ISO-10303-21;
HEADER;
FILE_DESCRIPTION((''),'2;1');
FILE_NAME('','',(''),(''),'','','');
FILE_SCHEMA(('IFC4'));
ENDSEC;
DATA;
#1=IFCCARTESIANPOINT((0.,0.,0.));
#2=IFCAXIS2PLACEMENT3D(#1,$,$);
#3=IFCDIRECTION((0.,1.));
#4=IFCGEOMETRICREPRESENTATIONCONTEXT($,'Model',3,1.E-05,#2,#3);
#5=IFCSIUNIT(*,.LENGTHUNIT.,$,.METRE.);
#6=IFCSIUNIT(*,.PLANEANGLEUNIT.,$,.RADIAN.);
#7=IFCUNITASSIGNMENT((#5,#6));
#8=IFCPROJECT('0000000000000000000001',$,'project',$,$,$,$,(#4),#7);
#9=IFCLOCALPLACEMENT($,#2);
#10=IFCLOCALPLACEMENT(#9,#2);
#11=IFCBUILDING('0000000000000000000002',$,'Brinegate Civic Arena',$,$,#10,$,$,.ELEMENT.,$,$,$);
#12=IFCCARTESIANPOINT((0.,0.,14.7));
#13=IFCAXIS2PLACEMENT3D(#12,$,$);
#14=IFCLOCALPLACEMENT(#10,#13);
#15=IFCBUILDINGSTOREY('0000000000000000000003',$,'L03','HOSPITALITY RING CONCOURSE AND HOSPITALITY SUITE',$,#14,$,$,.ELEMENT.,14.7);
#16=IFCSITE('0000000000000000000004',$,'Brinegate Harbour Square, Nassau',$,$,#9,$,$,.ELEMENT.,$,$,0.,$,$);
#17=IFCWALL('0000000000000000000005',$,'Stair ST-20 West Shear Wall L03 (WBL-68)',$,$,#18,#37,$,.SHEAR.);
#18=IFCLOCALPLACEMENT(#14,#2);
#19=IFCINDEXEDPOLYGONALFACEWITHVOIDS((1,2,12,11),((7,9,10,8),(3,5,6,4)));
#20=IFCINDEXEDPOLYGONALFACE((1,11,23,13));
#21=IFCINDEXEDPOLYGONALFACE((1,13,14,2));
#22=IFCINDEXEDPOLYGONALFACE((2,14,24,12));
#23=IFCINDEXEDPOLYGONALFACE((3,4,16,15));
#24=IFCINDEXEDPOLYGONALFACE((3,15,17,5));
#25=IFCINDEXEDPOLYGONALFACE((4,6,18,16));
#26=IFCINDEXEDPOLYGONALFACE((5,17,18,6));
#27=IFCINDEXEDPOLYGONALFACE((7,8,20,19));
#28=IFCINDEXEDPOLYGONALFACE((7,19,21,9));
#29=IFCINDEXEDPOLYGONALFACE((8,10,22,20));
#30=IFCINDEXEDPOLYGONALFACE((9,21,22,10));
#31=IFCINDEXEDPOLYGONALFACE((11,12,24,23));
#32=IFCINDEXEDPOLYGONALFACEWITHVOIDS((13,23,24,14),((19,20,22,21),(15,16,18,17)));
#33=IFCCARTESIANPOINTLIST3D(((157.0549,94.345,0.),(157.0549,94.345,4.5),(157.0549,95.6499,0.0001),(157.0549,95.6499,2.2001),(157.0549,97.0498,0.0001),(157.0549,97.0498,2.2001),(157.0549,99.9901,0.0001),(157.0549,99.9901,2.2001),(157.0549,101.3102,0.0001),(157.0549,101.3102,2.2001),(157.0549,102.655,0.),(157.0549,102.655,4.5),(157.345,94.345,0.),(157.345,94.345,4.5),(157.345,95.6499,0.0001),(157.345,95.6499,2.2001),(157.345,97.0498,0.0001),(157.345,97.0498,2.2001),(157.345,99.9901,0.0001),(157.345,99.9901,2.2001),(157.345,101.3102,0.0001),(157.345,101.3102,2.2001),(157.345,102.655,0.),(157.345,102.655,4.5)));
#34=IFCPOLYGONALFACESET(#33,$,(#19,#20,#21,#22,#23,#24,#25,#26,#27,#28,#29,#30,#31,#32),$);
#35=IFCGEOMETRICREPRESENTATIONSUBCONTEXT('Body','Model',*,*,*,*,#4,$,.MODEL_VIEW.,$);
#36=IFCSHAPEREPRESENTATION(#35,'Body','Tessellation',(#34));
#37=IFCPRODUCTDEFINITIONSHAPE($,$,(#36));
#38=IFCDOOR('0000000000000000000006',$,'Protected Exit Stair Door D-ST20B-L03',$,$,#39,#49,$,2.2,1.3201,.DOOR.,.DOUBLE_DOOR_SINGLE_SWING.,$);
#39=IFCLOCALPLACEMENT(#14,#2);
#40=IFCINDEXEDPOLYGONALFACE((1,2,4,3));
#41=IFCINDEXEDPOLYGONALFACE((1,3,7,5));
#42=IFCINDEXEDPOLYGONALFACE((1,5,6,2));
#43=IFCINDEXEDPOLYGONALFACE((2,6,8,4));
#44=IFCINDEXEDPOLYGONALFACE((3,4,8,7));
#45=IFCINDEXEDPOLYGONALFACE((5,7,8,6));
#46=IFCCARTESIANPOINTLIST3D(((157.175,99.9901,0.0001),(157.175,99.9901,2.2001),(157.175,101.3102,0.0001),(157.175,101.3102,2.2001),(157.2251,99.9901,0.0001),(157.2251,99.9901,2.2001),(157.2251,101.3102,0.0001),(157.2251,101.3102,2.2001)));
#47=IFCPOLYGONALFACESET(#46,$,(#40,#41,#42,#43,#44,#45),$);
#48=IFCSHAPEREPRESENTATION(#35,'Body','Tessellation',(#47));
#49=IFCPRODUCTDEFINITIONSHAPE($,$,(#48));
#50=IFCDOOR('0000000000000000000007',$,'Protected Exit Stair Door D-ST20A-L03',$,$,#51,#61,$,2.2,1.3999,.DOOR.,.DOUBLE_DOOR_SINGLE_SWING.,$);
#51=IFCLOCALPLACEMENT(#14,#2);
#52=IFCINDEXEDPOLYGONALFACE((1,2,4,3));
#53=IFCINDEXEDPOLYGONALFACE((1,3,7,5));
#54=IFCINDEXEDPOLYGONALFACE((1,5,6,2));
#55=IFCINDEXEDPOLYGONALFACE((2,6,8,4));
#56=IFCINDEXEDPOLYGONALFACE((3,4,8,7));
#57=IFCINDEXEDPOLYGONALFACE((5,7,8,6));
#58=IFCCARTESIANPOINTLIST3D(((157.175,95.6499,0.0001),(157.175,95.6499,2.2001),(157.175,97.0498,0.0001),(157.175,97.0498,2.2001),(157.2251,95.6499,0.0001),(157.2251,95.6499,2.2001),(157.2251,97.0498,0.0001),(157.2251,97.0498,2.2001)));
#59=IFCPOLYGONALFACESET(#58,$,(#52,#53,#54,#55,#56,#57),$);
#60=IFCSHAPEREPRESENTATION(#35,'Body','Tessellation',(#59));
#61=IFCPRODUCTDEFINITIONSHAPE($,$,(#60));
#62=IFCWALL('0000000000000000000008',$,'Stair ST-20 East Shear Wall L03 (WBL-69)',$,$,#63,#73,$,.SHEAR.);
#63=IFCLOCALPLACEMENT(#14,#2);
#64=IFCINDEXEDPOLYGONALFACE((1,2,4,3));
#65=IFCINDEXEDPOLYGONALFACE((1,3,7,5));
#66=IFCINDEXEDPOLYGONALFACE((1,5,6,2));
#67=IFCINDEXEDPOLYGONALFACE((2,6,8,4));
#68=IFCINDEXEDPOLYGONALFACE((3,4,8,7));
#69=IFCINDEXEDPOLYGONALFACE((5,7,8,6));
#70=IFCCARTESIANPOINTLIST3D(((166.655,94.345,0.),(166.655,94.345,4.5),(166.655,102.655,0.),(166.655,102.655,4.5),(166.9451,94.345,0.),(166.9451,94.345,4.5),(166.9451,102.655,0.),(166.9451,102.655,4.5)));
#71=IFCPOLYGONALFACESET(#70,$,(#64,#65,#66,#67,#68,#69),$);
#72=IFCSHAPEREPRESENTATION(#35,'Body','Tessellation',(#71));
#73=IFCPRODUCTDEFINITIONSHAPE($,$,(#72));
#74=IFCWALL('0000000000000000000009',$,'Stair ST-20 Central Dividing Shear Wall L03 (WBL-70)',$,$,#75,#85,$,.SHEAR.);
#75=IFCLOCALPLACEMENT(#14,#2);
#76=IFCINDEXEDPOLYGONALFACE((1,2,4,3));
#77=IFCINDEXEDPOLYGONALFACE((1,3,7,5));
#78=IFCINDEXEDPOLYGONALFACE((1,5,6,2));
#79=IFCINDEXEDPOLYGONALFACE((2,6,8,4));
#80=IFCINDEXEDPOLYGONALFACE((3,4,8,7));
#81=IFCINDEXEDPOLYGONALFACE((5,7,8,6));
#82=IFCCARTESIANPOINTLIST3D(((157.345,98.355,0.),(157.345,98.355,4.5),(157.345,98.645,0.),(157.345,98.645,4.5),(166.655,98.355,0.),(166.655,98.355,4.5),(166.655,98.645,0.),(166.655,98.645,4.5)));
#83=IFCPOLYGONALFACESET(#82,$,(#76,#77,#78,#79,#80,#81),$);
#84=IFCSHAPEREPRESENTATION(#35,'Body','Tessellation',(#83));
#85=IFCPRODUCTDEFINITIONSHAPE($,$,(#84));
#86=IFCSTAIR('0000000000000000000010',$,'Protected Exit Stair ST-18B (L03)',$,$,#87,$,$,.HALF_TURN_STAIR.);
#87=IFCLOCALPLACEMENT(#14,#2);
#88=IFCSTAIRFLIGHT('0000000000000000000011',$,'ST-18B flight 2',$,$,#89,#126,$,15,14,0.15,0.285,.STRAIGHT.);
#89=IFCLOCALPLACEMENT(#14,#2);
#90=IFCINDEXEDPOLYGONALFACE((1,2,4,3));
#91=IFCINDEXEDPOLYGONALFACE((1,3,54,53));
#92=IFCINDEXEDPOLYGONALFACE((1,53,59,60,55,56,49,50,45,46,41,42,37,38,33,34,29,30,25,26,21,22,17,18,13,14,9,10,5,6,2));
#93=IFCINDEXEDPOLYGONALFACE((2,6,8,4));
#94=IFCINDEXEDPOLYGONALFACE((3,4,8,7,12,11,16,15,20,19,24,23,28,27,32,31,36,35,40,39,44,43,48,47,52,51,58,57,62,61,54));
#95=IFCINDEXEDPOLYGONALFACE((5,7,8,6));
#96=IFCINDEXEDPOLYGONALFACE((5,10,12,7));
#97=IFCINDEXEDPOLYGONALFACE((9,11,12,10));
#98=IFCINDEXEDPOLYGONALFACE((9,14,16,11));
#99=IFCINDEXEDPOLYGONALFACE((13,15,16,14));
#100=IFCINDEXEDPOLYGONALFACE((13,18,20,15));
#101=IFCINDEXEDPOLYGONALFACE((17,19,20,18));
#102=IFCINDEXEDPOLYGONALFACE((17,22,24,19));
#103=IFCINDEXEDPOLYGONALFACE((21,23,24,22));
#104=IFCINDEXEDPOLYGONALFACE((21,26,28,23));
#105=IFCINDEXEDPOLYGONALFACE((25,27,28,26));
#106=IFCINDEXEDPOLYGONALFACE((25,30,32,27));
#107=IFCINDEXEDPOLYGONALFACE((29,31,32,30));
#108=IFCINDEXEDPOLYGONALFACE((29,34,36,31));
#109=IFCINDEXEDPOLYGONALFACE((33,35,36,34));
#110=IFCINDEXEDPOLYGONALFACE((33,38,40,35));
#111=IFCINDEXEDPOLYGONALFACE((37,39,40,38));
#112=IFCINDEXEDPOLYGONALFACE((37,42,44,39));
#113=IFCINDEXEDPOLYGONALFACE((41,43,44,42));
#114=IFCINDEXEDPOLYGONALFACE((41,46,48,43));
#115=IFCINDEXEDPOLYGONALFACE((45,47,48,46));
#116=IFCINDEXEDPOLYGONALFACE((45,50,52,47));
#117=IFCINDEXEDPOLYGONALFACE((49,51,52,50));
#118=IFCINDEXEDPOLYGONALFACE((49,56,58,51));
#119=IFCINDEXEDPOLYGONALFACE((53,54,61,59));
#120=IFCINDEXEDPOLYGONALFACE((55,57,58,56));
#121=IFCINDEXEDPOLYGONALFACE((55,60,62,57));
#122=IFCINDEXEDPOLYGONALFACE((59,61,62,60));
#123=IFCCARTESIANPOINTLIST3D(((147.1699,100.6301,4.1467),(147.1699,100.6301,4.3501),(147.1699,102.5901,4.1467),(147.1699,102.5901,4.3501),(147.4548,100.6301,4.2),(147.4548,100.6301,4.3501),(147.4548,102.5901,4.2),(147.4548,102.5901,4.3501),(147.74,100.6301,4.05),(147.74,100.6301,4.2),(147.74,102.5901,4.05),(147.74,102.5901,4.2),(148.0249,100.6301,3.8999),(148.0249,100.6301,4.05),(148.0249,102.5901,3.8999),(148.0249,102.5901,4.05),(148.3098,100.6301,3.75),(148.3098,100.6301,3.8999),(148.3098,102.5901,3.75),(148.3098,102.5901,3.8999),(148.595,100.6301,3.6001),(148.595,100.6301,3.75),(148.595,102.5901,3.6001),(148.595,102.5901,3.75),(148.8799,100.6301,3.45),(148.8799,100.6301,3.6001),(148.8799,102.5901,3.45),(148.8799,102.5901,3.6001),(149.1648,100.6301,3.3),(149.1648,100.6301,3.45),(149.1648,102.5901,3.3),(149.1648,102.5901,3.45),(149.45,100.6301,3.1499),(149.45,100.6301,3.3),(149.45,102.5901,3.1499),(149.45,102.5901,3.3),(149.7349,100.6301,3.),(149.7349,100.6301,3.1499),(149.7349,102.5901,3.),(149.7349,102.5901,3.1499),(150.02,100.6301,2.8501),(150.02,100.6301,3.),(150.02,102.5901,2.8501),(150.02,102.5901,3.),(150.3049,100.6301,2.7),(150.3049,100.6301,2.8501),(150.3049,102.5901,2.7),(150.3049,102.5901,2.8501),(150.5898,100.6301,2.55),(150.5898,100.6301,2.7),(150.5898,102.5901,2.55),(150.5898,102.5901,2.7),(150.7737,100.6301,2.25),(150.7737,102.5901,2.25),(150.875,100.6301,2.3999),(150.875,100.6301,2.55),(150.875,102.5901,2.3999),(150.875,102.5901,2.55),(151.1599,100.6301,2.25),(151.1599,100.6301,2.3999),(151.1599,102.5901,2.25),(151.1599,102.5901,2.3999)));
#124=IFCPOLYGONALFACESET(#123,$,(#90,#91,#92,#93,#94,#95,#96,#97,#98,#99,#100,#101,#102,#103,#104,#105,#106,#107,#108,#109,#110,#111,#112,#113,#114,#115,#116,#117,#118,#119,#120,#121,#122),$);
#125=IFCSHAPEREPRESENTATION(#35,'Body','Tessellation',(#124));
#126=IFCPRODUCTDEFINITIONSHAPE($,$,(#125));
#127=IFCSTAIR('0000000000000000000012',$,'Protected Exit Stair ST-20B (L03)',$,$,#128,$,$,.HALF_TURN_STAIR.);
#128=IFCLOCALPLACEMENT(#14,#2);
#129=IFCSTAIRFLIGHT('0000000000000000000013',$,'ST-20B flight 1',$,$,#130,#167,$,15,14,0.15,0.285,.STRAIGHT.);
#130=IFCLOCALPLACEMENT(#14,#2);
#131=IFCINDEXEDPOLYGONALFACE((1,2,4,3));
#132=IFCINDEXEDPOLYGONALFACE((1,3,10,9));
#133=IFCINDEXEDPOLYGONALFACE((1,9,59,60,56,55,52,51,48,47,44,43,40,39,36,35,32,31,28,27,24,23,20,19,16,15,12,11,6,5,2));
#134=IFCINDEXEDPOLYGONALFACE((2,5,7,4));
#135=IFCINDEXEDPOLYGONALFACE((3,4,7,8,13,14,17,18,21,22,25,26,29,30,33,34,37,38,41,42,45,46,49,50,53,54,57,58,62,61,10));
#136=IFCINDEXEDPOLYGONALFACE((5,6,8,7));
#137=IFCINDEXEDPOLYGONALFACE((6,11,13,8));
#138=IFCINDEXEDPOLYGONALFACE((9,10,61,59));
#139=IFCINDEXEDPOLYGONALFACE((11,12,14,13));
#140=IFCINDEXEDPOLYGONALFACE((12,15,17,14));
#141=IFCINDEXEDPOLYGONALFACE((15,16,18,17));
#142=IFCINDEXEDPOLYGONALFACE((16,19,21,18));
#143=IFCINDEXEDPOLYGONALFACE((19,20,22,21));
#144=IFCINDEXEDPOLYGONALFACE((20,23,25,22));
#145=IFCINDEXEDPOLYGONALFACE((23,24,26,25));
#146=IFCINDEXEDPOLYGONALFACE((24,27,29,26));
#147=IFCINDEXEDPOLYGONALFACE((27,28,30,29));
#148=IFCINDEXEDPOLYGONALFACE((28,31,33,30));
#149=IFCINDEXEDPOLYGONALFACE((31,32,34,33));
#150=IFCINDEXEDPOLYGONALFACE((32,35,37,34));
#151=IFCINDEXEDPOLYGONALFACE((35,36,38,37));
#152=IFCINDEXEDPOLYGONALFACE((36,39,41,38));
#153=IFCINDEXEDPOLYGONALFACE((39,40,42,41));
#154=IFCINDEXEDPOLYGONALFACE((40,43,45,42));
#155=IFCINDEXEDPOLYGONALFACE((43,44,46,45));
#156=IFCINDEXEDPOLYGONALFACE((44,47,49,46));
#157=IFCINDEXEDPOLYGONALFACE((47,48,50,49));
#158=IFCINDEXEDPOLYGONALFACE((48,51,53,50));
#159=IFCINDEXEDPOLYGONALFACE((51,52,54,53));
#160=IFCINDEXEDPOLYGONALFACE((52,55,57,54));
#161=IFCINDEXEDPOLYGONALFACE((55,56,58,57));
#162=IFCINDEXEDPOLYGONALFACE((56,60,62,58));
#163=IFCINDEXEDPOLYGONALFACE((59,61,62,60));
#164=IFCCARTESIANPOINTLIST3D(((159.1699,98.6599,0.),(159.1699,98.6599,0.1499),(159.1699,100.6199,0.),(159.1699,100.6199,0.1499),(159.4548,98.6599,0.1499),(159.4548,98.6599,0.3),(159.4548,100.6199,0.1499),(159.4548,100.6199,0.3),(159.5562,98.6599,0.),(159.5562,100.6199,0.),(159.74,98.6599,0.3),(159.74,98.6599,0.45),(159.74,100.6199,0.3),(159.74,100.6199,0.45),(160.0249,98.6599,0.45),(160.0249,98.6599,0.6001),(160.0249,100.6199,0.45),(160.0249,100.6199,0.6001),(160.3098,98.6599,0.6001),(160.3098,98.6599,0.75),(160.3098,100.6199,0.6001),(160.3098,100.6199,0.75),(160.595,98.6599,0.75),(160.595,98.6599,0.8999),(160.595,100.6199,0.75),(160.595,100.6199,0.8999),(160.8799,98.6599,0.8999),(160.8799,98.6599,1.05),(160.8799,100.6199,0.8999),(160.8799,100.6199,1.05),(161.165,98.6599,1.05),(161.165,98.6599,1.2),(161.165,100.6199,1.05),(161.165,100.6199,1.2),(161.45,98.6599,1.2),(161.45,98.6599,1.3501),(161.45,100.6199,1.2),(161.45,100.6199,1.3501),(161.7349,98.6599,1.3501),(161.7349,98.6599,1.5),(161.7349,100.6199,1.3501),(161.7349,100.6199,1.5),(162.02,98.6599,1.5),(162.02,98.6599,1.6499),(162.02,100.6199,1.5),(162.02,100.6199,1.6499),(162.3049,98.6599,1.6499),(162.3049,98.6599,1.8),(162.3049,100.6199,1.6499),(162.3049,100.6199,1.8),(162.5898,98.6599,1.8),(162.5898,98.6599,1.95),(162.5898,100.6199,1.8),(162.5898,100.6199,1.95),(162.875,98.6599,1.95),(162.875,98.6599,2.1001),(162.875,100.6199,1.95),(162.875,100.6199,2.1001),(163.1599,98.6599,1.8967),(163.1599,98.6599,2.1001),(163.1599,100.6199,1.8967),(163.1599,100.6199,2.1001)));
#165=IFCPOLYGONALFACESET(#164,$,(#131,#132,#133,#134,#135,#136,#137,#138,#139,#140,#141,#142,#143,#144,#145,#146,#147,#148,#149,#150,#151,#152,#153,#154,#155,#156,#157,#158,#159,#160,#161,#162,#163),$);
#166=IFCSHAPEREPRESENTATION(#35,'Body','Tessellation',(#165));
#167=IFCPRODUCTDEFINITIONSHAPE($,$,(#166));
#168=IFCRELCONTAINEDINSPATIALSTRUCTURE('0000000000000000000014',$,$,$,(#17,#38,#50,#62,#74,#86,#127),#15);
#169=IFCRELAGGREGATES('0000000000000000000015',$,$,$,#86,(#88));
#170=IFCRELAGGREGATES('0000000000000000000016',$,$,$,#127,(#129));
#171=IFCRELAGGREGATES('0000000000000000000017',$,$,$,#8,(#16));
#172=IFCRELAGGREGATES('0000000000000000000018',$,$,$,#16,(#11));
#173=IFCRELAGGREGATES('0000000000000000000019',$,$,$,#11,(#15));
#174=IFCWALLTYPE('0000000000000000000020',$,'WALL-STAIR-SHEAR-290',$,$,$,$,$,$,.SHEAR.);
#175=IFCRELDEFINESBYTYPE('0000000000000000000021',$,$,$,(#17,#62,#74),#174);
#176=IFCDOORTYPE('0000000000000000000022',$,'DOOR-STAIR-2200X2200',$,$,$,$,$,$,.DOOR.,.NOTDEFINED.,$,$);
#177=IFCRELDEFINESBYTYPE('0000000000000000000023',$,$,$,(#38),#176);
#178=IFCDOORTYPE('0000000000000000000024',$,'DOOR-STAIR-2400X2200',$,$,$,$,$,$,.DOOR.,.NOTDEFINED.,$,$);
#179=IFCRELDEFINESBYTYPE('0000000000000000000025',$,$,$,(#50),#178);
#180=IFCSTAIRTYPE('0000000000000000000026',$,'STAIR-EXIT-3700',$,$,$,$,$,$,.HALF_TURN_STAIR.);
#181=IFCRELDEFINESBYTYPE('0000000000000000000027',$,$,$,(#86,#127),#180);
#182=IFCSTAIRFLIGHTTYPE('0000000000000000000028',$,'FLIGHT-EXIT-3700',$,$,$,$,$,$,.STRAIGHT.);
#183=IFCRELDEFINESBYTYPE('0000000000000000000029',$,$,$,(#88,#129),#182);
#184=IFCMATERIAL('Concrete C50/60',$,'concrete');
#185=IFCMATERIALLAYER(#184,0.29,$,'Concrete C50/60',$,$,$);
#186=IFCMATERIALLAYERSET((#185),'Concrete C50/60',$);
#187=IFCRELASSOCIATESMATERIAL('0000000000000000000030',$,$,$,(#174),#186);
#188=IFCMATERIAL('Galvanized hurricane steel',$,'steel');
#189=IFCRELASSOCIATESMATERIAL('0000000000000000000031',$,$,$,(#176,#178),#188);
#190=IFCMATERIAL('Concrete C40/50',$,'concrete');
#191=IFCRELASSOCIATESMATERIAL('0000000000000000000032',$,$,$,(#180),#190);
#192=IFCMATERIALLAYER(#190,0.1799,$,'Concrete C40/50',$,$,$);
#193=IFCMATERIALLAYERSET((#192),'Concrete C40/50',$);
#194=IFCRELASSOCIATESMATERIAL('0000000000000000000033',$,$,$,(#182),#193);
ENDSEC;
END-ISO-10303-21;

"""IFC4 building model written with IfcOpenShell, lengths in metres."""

from ifc_helpers import new_model, si_unit, direction, frame, frame_2d, origin, place, context, subcontext, project, spatial, polyline, rectangle, outline, extrude, material, layer, layer_set, type_object, element, fill, aggregate, save


model = new_model("IFC4")

# Units and contexts
model_context = context("Model", 3, precision=1e-05, world=origin(), true_north=direction((0.0, 1.0)))
body_context = subcontext(model_context, "Body", "Model", "MODEL_VIEW")
ifc_project = project(units=[si_unit("LENGTHUNIT", "METRE"), si_unit("PLANEANGLEUNIT", "RADIAN")], contexts=[model_context])

# Site, building, storey
site_placement = place(None, origin())
site = spatial("IfcSite", under=ifc_project, at=site_placement, Name="Brinegate Harbour Square, Nassau", CompositionType="ELEMENT", RefElevation=0.0)
building_placement = place(site_placement, origin())
building = spatial("IfcBuilding", under=site, at=building_placement, Name="Brinegate Civic Arena", CompositionType="ELEMENT")
storey_placement = place(building_placement, frame((0.0, 0.0, 14.7)))
storey = spatial("IfcBuildingStorey", under=building, at=storey_placement, Name="L03", Description="HOSPITALITY RING CONCOURSE AND HOSPITALITY SUITE", CompositionType="ELEMENT", Elevation=14.7)

# Shared definitions
ifc_material_1 = material(Name="Concrete C50/60", Category="concrete")

# Shared definitions
ifc_layer_1 = layer(ifc_material_1, 0.29, Name="Concrete C50/60")
ifc_layer_set_1 = layer_set([ifc_layer_1], Name="Concrete C50/60")
wall_type_1 = type_object("IfcWallType", Name="WALL-STAIR-SHEAR-290", PredefinedType="SHEAR", material=ifc_layer_set_1)

# Wall, openings, doors
wall_1_placement = place(storey_placement, frame((157.2, 94.345, 0.0), z_axis=(0.0, 0.0, 1.0), x_axis=(0.0, 1.0, 0.0)))
wall_1 = element("IfcWall", 1, at=wall_1_placement, inside=storey, type_object=wall_type_1, Name="Stair ST-20 West Shear Wall L03 (WBL-68)", PredefinedType="SHEAR", context=body_context, shape_type="SweptSolid", body=[
    extrude(rectangle(XDim=8.3101, YDim=0.29, at=frame_2d((4.155, 0.0))), origin(), (0.0, 0.0, 1.0), 4.5),
])
opening_1_placement = place(wall_1_placement, frame((1.3049, 0.0, 0.0)))
opening_1 = element("IfcOpeningElement", 2, at=opening_1_placement, cuts=wall_1, PredefinedType="OPENING", context=body_context, shape_type="SweptSolid", body=[
    extrude(rectangle(XDim=1.3999, YDim=2.2, at=frame_2d((0.7, 1.1001))), frame((0.0, 0.155, 0.0), z_axis=(0.0, -1.0, 0.0), x_axis=(1.0, 0.0, 0.0)), (0.0, 0.0, 1.0), 0.3101),
])
opening_2_placement = place(wall_1_placement, frame((5.645, 0.0, 0.0)))
opening_2 = element("IfcOpeningElement", 3, at=opening_2_placement, cuts=wall_1, PredefinedType="OPENING", context=body_context, shape_type="SweptSolid", body=[
    extrude(rectangle(XDim=1.3201, YDim=2.2, at=frame_2d((0.6602, 1.1001))), frame((0.0, 0.155, 0.0), z_axis=(0.0, -1.0, 0.0), x_axis=(1.0, 0.0, 0.0)), (0.0, 0.0, 1.0), 0.3101),
])
ifc_material_2 = material(Name="Galvanized hurricane steel", Category="steel")
door_type_1 = type_object("IfcDoorType", Name="DOOR-STAIR-2200X2200", OperationType="NOTDEFINED", PredefinedType="DOOR", material=ifc_material_2)
door_1_placement = place(opening_2_placement, origin())
door_1 = element("IfcDoor", 4, at=door_1_placement, inside=storey, type_object=door_type_1, Name="Protected Exit Stair Door D-ST20B-L03", OperationType="DOUBLE_DOOR_SINGLE_SWING", OverallHeight=2.2, OverallWidth=1.3201, PredefinedType="DOOR", context=body_context, shape_type="SweptSolid", body=[
    extrude(rectangle(XDim=1.3201, YDim=2.2, at=frame_2d((0.6602, 1.1001))), frame((0.0, 0.0249, 0.0), z_axis=(0.0, -1.0, 0.0), x_axis=(1.0, 0.0, 0.0)), (0.0, 0.0, 1.0), 0.05),
])
fill(opening_2, door_1)
door_type_2 = type_object("IfcDoorType", Name="DOOR-STAIR-2400X2200", OperationType="NOTDEFINED", PredefinedType="DOOR", material=ifc_material_2)
door_2_placement = place(opening_1_placement, origin())
door_2 = element("IfcDoor", 5, at=door_2_placement, inside=storey, type_object=door_type_2, Name="Protected Exit Stair Door D-ST20A-L03", OperationType="DOUBLE_DOOR_SINGLE_SWING", OverallHeight=2.2, OverallWidth=1.3999, PredefinedType="DOOR", context=body_context, shape_type="SweptSolid", body=[
    extrude(rectangle(XDim=1.3999, YDim=2.2, at=frame_2d((0.7, 1.1001))), frame((0.0, 0.0249, 0.0), z_axis=(0.0, -1.0, 0.0), x_axis=(1.0, 0.0, 0.0)), (0.0, 0.0, 1.0), 0.05),
])
fill(opening_1, door_2)

# Walls
wall_2_placement = place(storey_placement, frame((166.8, 94.345, 0.0), z_axis=(0.0, 0.0, 1.0), x_axis=(0.0, 1.0, 0.0)))
element("IfcWall", 6, at=wall_2_placement, inside=storey, type_object=wall_type_1, Name="Stair ST-20 East Shear Wall L03 (WBL-69)", PredefinedType="SHEAR", context=body_context, shape_type="SweptSolid", body=[
    extrude(rectangle(XDim=8.3101, YDim=0.29, at=frame_2d((4.155, 0.0))), origin(), (0.0, 0.0, 1.0), 4.5),
])
wall_3_placement = place(storey_placement, frame((157.345, 98.5, 0.0), z_axis=(0.0, 0.0, 1.0), x_axis=(1.0, 0.0, 0.0)))
element("IfcWall", 7, at=wall_3_placement, inside=storey, type_object=wall_type_1, Name="Stair ST-20 Central Dividing Shear Wall L03 (WBL-70)", PredefinedType="SHEAR", context=body_context, shape_type="SweptSolid", body=[
    extrude(rectangle(XDim=9.3101, YDim=0.29, at=frame_2d((4.655, 0.0))), origin(), (0.0, 0.0, 1.0), 4.5),
])

# Stair, stair flight
ifc_material_3 = material(Name="Concrete C40/50", Category="concrete")
stair_type_1 = type_object("IfcStairType", Name="STAIR-EXIT-3700", PredefinedType="HALF_TURN_STAIR", material=ifc_material_3)
stair_1_placement = place(storey_placement, origin())
stair_1 = element("IfcStair", 8, at=stair_1_placement, inside=storey, type_object=stair_type_1, Name="Protected Exit Stair ST-18B (L03)", PredefinedType="HALF_TURN_STAIR")
ifc_layer_2 = layer(ifc_material_3, 0.1799, Name="Concrete C40/50")
ifc_layer_set_2 = layer_set([ifc_layer_2], Name="Concrete C40/50")
stair_flight_type_1 = type_object("IfcStairFlightType", Name="FLIGHT-EXIT-3700", PredefinedType="STRAIGHT", material=ifc_layer_set_2)
stair_flight_1_placement = place(storey_placement, frame((151.1599, 101.6101, 2.25), z_axis=(0.0, 0.0, 1.0), x_axis=(-1.0, 0.0, 0.0)))
stair_flight_1 = element("IfcStairFlight", 9, at=stair_flight_1_placement, type_object=stair_flight_type_1, Name="ST-18B flight 2", NumberOfRisers=15, NumberOfTreads=14, PredefinedType="STRAIGHT", RiserHeight=0.15, TreadLength=0.285, context=body_context, shape_type="SweptSolid", body=[
    extrude(outline(polyline([(0.0, 0.0), (0.0, 0.1499), (0.2849, 0.1499), (0.2849, 0.3), (0.5701, 0.3), (0.5701, 0.45), (0.855, 0.45), (0.855, 0.6001), (1.1399, 0.6001), (1.1399, 0.75), (1.425, 0.75), (1.425, 0.8999), (1.71, 0.8999), (1.71, 1.05), (1.9951, 1.05), (1.9951, 1.2), (2.28, 1.2), (2.28, 1.3501), (2.5649, 1.3501), (2.5649, 1.5), (2.8501, 1.5), (2.8501, 1.6499), (3.135, 1.6499), (3.135, 1.8), (3.4199, 1.8), (3.4199, 1.95), (3.7051, 1.95), (3.7051, 2.1001), (3.99, 2.1001), (3.99, 2.25), (3.99, 1.8967), (0.3862, 0.0), (0.0, 0.0)])), frame((0.0, 0.98, 0.0), z_axis=(0.0, -1.0, 0.0), x_axis=(1.0, 0.0, 0.0)), (0.0, 0.0, 1.0), 1.96),
])
aggregate(stair_1, [stair_flight_1])

# Stair, stair flight
stair_2_placement = place(storey_placement, origin())
stair_2 = element("IfcStair", 10, at=stair_2_placement, inside=storey, type_object=stair_type_1, Name="Protected Exit Stair ST-20B (L03)", PredefinedType="HALF_TURN_STAIR")
stair_flight_2_placement = place(storey_placement, frame((159.1699, 99.6399, 0.0), z_axis=(0.0, 0.0, 1.0), x_axis=(1.0, 0.0, 0.0)))
stair_flight_2 = element("IfcStairFlight", 11, at=stair_flight_2_placement, type_object=stair_flight_type_1, Name="ST-20B flight 1", NumberOfRisers=15, NumberOfTreads=14, PredefinedType="STRAIGHT", RiserHeight=0.15, TreadLength=0.285, context=body_context, shape_type="SweptSolid", body=[
    extrude(outline(polyline([(0.0, 0.0), (0.0, 0.1499), (0.2849, 0.1499), (0.2849, 0.3), (0.5701, 0.3), (0.5701, 0.45), (0.855, 0.45), (0.855, 0.6001), (1.1399, 0.6001), (1.1399, 0.75), (1.425, 0.75), (1.425, 0.8999), (1.71, 0.8999), (1.71, 1.05), (1.9951, 1.05), (1.9951, 1.2), (2.28, 1.2), (2.28, 1.3501), (2.5649, 1.3501), (2.5649, 1.5), (2.8501, 1.5), (2.8501, 1.6499), (3.135, 1.6499), (3.135, 1.8), (3.4199, 1.8), (3.4199, 1.95), (3.7051, 1.95), (3.7051, 2.1001), (3.99, 2.1001), (3.99, 2.25), (3.99, 1.8967), (0.3862, 0.0), (0.0, 0.0)])), frame((0.0, 0.98, 0.0), z_axis=(0.0, -1.0, 0.0), x_axis=(1.0, 0.0, 0.0)), (0.0, 0.0, 1.0), 1.96),
])
aggregate(stair_2, [stair_flight_2])

save(model, "model.ifc")
